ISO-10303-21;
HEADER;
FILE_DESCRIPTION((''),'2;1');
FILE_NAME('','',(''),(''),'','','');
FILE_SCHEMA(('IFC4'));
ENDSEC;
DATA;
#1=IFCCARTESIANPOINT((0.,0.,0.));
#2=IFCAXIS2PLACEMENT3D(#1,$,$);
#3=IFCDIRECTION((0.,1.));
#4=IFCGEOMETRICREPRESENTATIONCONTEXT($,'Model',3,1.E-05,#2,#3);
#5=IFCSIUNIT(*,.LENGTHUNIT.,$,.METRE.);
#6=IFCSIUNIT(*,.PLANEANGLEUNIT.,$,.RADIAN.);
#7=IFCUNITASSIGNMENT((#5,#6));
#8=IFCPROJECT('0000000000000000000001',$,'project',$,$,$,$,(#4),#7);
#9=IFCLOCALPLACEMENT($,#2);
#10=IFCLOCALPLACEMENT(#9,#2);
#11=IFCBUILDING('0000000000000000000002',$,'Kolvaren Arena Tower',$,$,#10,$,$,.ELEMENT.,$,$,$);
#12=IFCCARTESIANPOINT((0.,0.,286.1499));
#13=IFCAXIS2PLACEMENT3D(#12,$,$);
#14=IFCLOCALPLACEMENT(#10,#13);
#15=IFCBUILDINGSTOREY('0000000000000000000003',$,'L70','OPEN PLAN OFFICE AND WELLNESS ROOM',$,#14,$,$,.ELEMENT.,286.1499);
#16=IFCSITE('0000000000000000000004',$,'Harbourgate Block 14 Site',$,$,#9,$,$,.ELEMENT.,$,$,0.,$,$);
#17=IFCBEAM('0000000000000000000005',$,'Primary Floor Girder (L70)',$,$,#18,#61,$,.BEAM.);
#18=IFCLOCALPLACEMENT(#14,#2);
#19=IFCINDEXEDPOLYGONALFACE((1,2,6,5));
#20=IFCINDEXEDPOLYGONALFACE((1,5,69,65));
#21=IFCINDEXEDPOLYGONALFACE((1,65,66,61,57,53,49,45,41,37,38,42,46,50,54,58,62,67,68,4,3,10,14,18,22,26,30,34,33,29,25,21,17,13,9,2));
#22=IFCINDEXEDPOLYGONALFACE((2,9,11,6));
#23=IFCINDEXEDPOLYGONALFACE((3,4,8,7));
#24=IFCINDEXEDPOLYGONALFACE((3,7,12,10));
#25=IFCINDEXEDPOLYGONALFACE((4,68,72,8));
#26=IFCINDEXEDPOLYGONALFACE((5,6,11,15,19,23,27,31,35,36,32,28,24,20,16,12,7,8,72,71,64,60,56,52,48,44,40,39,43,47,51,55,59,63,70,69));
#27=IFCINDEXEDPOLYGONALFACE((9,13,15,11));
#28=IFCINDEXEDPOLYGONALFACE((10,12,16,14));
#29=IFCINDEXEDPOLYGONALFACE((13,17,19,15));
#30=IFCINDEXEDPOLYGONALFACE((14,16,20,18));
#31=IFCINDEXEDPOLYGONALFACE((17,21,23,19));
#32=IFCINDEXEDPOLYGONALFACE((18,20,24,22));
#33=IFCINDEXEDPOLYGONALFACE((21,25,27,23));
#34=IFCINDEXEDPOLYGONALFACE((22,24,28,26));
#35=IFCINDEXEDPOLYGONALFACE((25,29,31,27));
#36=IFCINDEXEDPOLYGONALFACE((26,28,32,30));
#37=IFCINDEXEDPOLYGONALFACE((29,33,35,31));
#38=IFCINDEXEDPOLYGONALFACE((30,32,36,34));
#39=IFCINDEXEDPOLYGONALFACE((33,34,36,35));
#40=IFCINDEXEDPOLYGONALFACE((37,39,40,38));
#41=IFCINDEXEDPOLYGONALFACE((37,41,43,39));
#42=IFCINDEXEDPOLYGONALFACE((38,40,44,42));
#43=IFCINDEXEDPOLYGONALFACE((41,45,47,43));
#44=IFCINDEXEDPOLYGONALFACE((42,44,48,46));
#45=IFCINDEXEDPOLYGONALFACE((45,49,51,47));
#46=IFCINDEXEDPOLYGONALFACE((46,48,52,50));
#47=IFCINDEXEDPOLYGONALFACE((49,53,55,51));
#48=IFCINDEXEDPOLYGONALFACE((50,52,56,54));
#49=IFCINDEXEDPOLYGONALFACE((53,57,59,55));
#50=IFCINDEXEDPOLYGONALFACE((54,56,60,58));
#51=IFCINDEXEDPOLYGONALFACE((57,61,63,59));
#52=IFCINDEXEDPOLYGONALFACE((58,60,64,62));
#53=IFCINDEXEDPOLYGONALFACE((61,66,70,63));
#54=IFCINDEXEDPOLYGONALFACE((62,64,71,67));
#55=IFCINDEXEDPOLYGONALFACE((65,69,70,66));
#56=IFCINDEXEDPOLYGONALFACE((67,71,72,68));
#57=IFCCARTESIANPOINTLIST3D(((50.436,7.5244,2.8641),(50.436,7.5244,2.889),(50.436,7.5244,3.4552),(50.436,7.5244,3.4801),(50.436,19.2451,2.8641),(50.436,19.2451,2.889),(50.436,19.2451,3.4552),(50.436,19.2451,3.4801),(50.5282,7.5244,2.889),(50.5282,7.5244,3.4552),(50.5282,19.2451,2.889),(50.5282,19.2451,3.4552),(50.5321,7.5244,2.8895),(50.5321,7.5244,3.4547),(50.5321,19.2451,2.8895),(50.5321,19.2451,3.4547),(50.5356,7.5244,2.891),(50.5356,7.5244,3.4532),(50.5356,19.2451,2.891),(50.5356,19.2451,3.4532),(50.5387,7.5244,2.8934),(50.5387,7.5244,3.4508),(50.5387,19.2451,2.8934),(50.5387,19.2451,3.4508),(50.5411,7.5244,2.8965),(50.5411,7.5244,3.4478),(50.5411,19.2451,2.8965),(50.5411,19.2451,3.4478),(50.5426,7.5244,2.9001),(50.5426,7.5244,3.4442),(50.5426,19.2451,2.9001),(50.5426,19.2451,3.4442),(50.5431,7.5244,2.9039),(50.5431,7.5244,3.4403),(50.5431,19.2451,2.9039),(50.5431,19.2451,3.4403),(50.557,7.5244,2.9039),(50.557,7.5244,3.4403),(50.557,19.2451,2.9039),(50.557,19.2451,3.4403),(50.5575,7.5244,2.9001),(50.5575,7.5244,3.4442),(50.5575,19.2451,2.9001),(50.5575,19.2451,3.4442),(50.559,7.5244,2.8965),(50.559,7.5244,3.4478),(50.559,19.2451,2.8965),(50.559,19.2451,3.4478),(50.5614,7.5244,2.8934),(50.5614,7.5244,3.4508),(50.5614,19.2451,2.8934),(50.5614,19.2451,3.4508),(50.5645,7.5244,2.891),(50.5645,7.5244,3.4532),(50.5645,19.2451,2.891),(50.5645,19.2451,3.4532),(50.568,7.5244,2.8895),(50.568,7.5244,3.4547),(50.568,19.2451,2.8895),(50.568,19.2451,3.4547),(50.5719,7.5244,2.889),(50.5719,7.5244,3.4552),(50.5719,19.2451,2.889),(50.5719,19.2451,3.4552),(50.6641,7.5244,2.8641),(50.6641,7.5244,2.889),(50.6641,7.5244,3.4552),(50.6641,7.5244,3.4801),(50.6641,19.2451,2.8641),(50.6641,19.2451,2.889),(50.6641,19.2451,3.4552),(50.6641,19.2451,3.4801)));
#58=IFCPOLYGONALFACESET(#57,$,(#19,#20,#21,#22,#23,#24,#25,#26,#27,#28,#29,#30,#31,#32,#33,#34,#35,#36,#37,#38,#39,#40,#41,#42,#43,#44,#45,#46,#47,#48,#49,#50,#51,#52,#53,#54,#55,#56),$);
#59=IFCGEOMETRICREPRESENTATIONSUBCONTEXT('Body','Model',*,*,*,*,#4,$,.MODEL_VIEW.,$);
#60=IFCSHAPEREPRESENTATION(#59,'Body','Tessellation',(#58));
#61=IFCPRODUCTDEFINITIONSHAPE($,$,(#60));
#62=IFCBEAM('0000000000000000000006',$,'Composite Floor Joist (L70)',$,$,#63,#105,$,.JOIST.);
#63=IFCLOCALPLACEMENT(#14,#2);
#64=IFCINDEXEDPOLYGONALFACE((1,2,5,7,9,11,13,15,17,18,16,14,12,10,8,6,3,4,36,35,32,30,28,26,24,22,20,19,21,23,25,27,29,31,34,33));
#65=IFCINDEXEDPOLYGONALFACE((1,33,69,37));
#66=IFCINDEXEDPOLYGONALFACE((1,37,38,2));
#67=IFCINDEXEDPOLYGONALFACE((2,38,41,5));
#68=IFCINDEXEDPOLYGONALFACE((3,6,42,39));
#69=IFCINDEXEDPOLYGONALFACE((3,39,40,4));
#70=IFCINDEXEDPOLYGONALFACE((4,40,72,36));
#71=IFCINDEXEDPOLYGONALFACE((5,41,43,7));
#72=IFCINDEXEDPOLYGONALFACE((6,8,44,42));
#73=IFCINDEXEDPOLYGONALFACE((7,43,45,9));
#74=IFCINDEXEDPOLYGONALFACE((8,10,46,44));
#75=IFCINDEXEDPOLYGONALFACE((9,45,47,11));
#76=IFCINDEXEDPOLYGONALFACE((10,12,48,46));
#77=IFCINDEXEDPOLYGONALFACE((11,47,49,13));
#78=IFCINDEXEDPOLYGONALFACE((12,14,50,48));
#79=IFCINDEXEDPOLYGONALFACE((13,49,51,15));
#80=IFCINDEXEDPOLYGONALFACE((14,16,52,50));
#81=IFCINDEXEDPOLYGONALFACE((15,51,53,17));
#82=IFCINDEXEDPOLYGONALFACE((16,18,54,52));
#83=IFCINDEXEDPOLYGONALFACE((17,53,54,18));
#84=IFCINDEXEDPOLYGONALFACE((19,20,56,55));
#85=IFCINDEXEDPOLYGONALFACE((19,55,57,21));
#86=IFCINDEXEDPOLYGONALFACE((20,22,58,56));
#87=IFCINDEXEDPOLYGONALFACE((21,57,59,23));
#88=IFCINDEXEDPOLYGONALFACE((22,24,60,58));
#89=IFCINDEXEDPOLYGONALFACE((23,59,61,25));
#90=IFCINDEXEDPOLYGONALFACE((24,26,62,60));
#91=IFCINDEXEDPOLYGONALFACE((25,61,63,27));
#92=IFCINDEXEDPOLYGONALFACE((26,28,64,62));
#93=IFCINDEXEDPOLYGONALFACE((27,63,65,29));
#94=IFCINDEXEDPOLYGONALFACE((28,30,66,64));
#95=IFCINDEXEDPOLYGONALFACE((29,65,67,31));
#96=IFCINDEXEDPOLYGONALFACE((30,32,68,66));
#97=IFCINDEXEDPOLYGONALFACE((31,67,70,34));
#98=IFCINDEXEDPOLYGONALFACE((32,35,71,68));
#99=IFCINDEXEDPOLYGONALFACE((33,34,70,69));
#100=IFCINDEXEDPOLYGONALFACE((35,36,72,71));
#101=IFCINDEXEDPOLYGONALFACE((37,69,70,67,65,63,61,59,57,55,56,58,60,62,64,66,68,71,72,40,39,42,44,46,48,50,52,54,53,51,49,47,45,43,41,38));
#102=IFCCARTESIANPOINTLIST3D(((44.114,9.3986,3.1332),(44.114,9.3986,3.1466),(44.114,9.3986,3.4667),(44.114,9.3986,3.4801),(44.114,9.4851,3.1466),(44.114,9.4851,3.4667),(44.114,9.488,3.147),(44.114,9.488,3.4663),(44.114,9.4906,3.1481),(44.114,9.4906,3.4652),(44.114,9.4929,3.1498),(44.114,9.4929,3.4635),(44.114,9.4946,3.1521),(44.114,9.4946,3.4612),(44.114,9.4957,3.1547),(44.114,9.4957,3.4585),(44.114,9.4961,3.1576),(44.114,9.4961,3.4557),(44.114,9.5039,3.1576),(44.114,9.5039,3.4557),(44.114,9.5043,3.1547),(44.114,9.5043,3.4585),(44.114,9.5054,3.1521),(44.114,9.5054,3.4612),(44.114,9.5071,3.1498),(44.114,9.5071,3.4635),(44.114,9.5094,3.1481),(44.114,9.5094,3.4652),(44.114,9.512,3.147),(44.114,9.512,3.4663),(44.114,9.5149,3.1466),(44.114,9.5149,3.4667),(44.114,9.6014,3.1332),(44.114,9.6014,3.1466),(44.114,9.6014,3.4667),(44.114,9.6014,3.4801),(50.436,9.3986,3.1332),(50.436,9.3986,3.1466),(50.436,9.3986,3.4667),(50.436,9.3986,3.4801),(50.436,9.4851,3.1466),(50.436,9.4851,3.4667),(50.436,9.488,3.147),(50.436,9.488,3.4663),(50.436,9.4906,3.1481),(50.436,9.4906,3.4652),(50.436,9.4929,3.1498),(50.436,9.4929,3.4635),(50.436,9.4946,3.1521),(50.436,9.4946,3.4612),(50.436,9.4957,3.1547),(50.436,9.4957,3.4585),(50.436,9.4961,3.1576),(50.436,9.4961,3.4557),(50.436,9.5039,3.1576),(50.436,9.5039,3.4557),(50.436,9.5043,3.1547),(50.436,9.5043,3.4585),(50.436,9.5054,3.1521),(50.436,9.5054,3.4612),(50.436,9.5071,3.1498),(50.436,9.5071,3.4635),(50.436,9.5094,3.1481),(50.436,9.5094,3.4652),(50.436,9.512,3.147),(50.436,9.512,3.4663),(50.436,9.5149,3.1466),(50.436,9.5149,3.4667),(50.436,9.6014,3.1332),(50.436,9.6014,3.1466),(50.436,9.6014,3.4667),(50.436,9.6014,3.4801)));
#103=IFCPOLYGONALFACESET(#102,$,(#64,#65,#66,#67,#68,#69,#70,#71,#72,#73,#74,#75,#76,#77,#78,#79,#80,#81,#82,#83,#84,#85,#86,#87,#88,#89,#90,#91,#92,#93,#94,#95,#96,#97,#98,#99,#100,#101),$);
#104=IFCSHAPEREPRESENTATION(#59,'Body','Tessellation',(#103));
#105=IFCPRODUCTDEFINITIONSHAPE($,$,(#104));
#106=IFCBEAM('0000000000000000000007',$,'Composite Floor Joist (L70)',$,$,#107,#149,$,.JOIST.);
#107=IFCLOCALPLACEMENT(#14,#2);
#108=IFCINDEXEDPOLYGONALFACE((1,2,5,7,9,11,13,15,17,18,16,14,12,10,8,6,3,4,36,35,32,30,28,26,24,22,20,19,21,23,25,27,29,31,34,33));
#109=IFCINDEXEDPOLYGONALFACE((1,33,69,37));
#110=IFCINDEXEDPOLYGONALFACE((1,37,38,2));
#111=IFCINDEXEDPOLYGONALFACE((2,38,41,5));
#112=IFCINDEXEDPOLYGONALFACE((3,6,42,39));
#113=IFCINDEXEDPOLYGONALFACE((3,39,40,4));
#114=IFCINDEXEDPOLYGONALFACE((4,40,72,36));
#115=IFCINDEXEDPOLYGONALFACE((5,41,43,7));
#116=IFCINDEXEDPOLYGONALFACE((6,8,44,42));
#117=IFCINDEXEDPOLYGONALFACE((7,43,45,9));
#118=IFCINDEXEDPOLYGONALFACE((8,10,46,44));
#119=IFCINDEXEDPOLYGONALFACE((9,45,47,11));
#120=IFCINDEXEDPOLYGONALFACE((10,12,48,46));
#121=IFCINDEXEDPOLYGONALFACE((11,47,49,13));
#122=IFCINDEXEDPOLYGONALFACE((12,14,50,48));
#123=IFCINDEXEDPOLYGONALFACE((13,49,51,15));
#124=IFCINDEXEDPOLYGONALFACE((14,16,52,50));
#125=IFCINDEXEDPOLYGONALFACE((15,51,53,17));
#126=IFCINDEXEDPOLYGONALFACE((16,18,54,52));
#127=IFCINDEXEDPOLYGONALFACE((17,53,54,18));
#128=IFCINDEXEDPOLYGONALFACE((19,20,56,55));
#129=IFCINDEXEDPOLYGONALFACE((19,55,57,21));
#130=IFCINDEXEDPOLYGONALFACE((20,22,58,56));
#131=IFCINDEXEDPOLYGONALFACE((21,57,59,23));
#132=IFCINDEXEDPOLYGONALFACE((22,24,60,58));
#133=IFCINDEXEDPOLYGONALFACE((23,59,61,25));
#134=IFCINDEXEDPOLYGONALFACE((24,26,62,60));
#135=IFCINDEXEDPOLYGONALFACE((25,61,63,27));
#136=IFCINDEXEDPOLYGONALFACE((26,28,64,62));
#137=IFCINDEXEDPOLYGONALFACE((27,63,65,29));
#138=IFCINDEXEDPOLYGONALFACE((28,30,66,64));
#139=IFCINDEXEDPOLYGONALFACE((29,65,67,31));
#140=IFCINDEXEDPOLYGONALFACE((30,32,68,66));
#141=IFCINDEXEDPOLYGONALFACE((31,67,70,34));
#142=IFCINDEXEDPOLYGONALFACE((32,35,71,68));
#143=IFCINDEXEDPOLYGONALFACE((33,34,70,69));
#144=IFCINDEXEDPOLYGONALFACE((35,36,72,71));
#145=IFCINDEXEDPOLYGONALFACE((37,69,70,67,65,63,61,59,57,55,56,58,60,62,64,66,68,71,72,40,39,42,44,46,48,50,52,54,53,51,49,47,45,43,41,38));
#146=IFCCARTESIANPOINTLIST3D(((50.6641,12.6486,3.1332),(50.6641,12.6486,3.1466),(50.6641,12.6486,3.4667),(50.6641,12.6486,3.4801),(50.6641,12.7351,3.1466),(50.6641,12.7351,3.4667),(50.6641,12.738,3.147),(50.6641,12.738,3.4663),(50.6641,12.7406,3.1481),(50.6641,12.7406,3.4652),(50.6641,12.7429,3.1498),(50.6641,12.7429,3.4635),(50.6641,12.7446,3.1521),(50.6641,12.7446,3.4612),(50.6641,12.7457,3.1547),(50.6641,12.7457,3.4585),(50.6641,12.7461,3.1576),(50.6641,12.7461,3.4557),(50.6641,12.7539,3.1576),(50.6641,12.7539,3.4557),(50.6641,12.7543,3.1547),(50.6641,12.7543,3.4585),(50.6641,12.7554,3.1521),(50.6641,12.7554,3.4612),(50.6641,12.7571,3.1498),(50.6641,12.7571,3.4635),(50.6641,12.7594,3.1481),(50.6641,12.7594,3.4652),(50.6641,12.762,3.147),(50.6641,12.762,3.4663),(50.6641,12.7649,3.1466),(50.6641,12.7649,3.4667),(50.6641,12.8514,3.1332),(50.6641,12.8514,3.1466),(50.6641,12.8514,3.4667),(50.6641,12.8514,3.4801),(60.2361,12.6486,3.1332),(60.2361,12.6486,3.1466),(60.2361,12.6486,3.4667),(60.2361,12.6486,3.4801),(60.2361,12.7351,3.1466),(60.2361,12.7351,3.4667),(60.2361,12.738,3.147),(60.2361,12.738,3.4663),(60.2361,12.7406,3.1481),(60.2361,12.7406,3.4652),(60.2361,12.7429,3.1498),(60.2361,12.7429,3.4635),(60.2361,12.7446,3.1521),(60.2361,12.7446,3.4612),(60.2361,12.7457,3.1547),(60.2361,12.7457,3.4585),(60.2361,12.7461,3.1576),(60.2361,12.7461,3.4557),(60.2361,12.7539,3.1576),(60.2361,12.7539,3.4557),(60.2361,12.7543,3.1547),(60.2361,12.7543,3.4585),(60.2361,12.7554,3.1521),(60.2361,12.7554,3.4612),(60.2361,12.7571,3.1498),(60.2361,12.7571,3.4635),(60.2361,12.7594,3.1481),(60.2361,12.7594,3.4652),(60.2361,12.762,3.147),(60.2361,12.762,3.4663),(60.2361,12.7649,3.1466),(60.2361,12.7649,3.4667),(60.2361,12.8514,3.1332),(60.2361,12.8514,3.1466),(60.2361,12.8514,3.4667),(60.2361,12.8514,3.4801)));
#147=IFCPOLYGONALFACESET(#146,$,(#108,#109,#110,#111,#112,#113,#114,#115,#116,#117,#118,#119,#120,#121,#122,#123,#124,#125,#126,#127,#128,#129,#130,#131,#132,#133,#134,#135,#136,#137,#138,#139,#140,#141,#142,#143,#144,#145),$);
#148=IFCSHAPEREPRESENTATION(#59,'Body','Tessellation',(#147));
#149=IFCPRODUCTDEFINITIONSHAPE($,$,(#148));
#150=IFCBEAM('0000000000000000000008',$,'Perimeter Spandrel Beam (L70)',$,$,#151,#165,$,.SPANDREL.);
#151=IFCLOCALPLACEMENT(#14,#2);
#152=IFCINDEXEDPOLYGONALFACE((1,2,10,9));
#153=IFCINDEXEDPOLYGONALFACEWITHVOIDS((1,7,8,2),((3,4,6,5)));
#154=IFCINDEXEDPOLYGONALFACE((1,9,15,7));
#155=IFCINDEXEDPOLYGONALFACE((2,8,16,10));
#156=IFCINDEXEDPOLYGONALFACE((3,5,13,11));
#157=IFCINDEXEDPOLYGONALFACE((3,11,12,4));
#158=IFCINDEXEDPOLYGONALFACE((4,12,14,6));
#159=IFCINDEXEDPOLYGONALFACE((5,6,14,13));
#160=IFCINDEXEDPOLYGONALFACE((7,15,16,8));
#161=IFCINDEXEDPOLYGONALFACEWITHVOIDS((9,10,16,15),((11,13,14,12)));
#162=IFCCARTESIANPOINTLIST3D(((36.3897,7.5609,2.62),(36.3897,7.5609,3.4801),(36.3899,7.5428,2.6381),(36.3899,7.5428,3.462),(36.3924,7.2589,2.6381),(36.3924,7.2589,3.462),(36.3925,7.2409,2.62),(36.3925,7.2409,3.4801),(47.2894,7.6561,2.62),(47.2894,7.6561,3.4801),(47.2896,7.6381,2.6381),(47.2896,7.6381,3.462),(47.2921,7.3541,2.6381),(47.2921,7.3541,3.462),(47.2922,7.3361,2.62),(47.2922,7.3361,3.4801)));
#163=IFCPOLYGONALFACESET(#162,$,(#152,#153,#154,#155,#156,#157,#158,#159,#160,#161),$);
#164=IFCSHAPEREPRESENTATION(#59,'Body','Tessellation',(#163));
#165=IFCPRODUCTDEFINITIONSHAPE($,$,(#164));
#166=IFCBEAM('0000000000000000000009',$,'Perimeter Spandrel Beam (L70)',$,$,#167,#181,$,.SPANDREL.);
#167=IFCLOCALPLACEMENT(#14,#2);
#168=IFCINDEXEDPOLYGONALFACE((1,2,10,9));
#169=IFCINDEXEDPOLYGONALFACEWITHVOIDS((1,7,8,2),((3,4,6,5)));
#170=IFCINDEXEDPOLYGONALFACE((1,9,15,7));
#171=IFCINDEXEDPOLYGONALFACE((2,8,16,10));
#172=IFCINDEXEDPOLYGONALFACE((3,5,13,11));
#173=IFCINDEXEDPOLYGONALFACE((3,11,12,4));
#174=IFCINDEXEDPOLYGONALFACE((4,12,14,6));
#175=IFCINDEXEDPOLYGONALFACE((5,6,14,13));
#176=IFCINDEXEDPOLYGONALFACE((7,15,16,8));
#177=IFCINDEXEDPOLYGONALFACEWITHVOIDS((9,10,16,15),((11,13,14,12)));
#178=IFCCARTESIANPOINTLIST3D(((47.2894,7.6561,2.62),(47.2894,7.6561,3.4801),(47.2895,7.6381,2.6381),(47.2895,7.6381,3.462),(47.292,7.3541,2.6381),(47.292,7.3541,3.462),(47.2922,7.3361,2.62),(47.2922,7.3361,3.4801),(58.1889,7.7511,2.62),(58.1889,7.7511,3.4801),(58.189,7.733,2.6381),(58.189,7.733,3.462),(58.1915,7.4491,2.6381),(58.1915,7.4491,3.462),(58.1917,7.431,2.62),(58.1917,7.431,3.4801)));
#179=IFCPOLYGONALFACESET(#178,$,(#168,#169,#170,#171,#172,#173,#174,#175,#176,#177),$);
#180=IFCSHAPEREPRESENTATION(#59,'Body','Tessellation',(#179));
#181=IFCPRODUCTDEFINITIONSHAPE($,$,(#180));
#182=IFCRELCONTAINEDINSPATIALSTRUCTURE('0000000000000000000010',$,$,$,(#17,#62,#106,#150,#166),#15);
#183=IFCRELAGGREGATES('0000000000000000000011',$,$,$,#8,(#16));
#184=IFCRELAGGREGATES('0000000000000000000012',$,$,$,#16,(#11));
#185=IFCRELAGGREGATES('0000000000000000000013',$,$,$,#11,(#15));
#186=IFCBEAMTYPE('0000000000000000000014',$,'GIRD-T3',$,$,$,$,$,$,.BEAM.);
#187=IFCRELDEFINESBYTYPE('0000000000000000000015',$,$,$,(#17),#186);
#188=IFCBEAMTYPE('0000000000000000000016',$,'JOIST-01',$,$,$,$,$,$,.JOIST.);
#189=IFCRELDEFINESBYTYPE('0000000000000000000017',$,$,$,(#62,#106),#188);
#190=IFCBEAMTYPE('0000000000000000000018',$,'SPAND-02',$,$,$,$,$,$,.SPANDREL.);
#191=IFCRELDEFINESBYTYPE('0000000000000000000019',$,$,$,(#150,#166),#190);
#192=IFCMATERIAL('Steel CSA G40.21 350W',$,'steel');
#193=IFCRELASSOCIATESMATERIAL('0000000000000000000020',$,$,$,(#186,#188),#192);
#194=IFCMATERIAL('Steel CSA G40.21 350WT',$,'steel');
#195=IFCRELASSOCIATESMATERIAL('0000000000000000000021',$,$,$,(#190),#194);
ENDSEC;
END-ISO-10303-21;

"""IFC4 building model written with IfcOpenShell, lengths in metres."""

from ifc_helpers import new_model, si_unit, direction, frame, origin, origin_2d, place, context, subcontext, project, spatial, hollow_rectangle, i_section, extrude, material, material_profile, profile_set, type_object, element, save


model = new_model("IFC4")

# Units and contexts
model_context = context("Model", 3, precision=1e-05, world=origin(), true_north=direction((0.0, 1.0)))
body_context = subcontext(model_context, "Body", "Model", "MODEL_VIEW")
ifc_project = project(units=[si_unit("LENGTHUNIT", "METRE"), si_unit("PLANEANGLEUNIT", "RADIAN")], contexts=[model_context])

# Site, building, storey
site_placement = place(None, origin())
site = spatial("IfcSite", under=ifc_project, at=site_placement, Name="Harbourgate Block 14 Site", CompositionType="ELEMENT", RefElevation=0.0)
building_placement = place(site_placement, origin())
building = spatial("IfcBuilding", under=site, at=building_placement, Name="Kolvaren Arena Tower", CompositionType="ELEMENT")
storey_placement = place(building_placement, frame((0.0, 0.0, 286.1499)))
storey = spatial("IfcBuildingStorey", under=building, at=storey_placement, Name="L70", Description="OPEN PLAN OFFICE AND WELLNESS ROOM", CompositionType="ELEMENT", Elevation=286.1499)

# Beams
ifc_material_1 = material(Name="Steel CSA G40.21 350W", Category="steel")
ifc_material_profile_1 = material_profile(ifc_material_1, i_section(OverallWidth=0.228, OverallDepth=0.616, WebThickness=0.0139, FlangeThickness=0.0249, FilletRadius=0.0149, at=origin_2d()), Name="W610x174")
ifc_profile_set_1 = profile_set([ifc_material_profile_1], Name="Steel CSA G40.21 350W")
beam_type_1 = type_object("IfcBeamType", Name="GIRD-T3", PredefinedType="BEAM", material=ifc_profile_set_1)
beam_1_placement = place(storey_placement, frame((50.55, 7.5244, 3.1721), z_axis=(0.0, 1.0, 0.0), x_axis=(-1.0, 0.0, 0.0)))
element("IfcBeam", 1, at=beam_1_placement, inside=storey, type_object=beam_type_1, Name="Primary Floor Girder (L70)", PredefinedType="BEAM", context=body_context, shape_type="SweptSolid", body=[
    extrude(i_section(OverallWidth=0.228, OverallDepth=0.616, WebThickness=0.0139, FlangeThickness=0.0249, FilletRadius=0.0149, at=origin_2d()), origin(), (0.0, 0.0, 1.0), 11.7207),
])
ifc_material_profile_2 = material_profile(ifc_material_1, i_section(OverallWidth=0.2029, OverallDepth=0.3469, WebThickness=0.0078, FlangeThickness=0.0134, FilletRadius=0.011, at=origin_2d()), Name="W360x64")
ifc_profile_set_2 = profile_set([ifc_material_profile_2], Name="Steel CSA G40.21 350W")
beam_type_2 = type_object("IfcBeamType", Name="JOIST-01", PredefinedType="JOIST", material=ifc_profile_set_2)
beam_2_placement = place(storey_placement, frame((44.114, 9.5, 3.3066), z_axis=(1.0, 0.0, 0.0), x_axis=(0.0, 1.0, 0.0)))
element("IfcBeam", 2, at=beam_2_placement, inside=storey, type_object=beam_type_2, Name="Composite Floor Joist (L70)", PredefinedType="JOIST", context=body_context, shape_type="SweptSolid", body=[
    extrude(i_section(OverallWidth=0.2029, OverallDepth=0.3469, WebThickness=0.0078, FlangeThickness=0.0134, FilletRadius=0.011, at=origin_2d()), origin(), (0.0, 0.0, 1.0), 6.322),
])
beam_3_placement = place(storey_placement, frame((50.6641, 12.75, 3.3066), z_axis=(1.0, 0.0, 0.0), x_axis=(0.0, 1.0, 0.0)))
element("IfcBeam", 3, at=beam_3_placement, inside=storey, type_object=beam_type_2, Name="Composite Floor Joist (L70)", PredefinedType="JOIST", context=body_context, shape_type="SweptSolid", body=[
    extrude(i_section(OverallWidth=0.2029, OverallDepth=0.3469, WebThickness=0.0078, FlangeThickness=0.0134, FilletRadius=0.011, at=origin_2d()), origin(), (0.0, 0.0, 1.0), 9.572),
])
ifc_material_2 = material(Name="Steel CSA G40.21 350WT", Category="steel")
ifc_material_profile_3 = material_profile(ifc_material_2, hollow_rectangle(XDim=0.3201, YDim=0.8601, WallThickness=0.0181, at=origin_2d()), Name="HSS 860x320x18")
ifc_profile_set_3 = profile_set([ifc_material_profile_3], Name="Steel CSA G40.21 350WT")
beam_type_3 = type_object("IfcBeamType", Name="SPAND-02", PredefinedType="SPANDREL", material=ifc_profile_set_3)
beam_4_placement = place(storey_placement, frame((36.3911, 7.4009, 3.05), z_axis=(0.999962, 0.008735, 0.0), x_axis=(-0.008735, 0.999962, 0.0)))
element("IfcBeam", 4, at=beam_4_placement, inside=storey, type_object=beam_type_3, Name="Perimeter Spandrel Beam (L70)", PredefinedType="SPANDREL", context=body_context, shape_type="SweptSolid", body=[
    extrude(hollow_rectangle(XDim=0.3201, YDim=0.8601, WallThickness=0.0181, at=origin_2d()), origin(), (0.0, 0.0, 1.0), 10.9001),
])
beam_5_placement = place(storey_placement, frame((47.2908, 7.4961, 3.05), z_axis=(0.999962, 0.008713, 0.0), x_axis=(-0.008713, 0.999962, 0.0)))
element("IfcBeam", 5, at=beam_5_placement, inside=storey, type_object=beam_type_3, Name="Perimeter Spandrel Beam (L70)", PredefinedType="SPANDREL", context=body_context, shape_type="SweptSolid", body=[
    extrude(hollow_rectangle(XDim=0.3201, YDim=0.8601, WallThickness=0.0181, at=origin_2d()), origin(), (0.0, 0.0, 1.0), 10.8999),
])

save(model, "model.ifc")
